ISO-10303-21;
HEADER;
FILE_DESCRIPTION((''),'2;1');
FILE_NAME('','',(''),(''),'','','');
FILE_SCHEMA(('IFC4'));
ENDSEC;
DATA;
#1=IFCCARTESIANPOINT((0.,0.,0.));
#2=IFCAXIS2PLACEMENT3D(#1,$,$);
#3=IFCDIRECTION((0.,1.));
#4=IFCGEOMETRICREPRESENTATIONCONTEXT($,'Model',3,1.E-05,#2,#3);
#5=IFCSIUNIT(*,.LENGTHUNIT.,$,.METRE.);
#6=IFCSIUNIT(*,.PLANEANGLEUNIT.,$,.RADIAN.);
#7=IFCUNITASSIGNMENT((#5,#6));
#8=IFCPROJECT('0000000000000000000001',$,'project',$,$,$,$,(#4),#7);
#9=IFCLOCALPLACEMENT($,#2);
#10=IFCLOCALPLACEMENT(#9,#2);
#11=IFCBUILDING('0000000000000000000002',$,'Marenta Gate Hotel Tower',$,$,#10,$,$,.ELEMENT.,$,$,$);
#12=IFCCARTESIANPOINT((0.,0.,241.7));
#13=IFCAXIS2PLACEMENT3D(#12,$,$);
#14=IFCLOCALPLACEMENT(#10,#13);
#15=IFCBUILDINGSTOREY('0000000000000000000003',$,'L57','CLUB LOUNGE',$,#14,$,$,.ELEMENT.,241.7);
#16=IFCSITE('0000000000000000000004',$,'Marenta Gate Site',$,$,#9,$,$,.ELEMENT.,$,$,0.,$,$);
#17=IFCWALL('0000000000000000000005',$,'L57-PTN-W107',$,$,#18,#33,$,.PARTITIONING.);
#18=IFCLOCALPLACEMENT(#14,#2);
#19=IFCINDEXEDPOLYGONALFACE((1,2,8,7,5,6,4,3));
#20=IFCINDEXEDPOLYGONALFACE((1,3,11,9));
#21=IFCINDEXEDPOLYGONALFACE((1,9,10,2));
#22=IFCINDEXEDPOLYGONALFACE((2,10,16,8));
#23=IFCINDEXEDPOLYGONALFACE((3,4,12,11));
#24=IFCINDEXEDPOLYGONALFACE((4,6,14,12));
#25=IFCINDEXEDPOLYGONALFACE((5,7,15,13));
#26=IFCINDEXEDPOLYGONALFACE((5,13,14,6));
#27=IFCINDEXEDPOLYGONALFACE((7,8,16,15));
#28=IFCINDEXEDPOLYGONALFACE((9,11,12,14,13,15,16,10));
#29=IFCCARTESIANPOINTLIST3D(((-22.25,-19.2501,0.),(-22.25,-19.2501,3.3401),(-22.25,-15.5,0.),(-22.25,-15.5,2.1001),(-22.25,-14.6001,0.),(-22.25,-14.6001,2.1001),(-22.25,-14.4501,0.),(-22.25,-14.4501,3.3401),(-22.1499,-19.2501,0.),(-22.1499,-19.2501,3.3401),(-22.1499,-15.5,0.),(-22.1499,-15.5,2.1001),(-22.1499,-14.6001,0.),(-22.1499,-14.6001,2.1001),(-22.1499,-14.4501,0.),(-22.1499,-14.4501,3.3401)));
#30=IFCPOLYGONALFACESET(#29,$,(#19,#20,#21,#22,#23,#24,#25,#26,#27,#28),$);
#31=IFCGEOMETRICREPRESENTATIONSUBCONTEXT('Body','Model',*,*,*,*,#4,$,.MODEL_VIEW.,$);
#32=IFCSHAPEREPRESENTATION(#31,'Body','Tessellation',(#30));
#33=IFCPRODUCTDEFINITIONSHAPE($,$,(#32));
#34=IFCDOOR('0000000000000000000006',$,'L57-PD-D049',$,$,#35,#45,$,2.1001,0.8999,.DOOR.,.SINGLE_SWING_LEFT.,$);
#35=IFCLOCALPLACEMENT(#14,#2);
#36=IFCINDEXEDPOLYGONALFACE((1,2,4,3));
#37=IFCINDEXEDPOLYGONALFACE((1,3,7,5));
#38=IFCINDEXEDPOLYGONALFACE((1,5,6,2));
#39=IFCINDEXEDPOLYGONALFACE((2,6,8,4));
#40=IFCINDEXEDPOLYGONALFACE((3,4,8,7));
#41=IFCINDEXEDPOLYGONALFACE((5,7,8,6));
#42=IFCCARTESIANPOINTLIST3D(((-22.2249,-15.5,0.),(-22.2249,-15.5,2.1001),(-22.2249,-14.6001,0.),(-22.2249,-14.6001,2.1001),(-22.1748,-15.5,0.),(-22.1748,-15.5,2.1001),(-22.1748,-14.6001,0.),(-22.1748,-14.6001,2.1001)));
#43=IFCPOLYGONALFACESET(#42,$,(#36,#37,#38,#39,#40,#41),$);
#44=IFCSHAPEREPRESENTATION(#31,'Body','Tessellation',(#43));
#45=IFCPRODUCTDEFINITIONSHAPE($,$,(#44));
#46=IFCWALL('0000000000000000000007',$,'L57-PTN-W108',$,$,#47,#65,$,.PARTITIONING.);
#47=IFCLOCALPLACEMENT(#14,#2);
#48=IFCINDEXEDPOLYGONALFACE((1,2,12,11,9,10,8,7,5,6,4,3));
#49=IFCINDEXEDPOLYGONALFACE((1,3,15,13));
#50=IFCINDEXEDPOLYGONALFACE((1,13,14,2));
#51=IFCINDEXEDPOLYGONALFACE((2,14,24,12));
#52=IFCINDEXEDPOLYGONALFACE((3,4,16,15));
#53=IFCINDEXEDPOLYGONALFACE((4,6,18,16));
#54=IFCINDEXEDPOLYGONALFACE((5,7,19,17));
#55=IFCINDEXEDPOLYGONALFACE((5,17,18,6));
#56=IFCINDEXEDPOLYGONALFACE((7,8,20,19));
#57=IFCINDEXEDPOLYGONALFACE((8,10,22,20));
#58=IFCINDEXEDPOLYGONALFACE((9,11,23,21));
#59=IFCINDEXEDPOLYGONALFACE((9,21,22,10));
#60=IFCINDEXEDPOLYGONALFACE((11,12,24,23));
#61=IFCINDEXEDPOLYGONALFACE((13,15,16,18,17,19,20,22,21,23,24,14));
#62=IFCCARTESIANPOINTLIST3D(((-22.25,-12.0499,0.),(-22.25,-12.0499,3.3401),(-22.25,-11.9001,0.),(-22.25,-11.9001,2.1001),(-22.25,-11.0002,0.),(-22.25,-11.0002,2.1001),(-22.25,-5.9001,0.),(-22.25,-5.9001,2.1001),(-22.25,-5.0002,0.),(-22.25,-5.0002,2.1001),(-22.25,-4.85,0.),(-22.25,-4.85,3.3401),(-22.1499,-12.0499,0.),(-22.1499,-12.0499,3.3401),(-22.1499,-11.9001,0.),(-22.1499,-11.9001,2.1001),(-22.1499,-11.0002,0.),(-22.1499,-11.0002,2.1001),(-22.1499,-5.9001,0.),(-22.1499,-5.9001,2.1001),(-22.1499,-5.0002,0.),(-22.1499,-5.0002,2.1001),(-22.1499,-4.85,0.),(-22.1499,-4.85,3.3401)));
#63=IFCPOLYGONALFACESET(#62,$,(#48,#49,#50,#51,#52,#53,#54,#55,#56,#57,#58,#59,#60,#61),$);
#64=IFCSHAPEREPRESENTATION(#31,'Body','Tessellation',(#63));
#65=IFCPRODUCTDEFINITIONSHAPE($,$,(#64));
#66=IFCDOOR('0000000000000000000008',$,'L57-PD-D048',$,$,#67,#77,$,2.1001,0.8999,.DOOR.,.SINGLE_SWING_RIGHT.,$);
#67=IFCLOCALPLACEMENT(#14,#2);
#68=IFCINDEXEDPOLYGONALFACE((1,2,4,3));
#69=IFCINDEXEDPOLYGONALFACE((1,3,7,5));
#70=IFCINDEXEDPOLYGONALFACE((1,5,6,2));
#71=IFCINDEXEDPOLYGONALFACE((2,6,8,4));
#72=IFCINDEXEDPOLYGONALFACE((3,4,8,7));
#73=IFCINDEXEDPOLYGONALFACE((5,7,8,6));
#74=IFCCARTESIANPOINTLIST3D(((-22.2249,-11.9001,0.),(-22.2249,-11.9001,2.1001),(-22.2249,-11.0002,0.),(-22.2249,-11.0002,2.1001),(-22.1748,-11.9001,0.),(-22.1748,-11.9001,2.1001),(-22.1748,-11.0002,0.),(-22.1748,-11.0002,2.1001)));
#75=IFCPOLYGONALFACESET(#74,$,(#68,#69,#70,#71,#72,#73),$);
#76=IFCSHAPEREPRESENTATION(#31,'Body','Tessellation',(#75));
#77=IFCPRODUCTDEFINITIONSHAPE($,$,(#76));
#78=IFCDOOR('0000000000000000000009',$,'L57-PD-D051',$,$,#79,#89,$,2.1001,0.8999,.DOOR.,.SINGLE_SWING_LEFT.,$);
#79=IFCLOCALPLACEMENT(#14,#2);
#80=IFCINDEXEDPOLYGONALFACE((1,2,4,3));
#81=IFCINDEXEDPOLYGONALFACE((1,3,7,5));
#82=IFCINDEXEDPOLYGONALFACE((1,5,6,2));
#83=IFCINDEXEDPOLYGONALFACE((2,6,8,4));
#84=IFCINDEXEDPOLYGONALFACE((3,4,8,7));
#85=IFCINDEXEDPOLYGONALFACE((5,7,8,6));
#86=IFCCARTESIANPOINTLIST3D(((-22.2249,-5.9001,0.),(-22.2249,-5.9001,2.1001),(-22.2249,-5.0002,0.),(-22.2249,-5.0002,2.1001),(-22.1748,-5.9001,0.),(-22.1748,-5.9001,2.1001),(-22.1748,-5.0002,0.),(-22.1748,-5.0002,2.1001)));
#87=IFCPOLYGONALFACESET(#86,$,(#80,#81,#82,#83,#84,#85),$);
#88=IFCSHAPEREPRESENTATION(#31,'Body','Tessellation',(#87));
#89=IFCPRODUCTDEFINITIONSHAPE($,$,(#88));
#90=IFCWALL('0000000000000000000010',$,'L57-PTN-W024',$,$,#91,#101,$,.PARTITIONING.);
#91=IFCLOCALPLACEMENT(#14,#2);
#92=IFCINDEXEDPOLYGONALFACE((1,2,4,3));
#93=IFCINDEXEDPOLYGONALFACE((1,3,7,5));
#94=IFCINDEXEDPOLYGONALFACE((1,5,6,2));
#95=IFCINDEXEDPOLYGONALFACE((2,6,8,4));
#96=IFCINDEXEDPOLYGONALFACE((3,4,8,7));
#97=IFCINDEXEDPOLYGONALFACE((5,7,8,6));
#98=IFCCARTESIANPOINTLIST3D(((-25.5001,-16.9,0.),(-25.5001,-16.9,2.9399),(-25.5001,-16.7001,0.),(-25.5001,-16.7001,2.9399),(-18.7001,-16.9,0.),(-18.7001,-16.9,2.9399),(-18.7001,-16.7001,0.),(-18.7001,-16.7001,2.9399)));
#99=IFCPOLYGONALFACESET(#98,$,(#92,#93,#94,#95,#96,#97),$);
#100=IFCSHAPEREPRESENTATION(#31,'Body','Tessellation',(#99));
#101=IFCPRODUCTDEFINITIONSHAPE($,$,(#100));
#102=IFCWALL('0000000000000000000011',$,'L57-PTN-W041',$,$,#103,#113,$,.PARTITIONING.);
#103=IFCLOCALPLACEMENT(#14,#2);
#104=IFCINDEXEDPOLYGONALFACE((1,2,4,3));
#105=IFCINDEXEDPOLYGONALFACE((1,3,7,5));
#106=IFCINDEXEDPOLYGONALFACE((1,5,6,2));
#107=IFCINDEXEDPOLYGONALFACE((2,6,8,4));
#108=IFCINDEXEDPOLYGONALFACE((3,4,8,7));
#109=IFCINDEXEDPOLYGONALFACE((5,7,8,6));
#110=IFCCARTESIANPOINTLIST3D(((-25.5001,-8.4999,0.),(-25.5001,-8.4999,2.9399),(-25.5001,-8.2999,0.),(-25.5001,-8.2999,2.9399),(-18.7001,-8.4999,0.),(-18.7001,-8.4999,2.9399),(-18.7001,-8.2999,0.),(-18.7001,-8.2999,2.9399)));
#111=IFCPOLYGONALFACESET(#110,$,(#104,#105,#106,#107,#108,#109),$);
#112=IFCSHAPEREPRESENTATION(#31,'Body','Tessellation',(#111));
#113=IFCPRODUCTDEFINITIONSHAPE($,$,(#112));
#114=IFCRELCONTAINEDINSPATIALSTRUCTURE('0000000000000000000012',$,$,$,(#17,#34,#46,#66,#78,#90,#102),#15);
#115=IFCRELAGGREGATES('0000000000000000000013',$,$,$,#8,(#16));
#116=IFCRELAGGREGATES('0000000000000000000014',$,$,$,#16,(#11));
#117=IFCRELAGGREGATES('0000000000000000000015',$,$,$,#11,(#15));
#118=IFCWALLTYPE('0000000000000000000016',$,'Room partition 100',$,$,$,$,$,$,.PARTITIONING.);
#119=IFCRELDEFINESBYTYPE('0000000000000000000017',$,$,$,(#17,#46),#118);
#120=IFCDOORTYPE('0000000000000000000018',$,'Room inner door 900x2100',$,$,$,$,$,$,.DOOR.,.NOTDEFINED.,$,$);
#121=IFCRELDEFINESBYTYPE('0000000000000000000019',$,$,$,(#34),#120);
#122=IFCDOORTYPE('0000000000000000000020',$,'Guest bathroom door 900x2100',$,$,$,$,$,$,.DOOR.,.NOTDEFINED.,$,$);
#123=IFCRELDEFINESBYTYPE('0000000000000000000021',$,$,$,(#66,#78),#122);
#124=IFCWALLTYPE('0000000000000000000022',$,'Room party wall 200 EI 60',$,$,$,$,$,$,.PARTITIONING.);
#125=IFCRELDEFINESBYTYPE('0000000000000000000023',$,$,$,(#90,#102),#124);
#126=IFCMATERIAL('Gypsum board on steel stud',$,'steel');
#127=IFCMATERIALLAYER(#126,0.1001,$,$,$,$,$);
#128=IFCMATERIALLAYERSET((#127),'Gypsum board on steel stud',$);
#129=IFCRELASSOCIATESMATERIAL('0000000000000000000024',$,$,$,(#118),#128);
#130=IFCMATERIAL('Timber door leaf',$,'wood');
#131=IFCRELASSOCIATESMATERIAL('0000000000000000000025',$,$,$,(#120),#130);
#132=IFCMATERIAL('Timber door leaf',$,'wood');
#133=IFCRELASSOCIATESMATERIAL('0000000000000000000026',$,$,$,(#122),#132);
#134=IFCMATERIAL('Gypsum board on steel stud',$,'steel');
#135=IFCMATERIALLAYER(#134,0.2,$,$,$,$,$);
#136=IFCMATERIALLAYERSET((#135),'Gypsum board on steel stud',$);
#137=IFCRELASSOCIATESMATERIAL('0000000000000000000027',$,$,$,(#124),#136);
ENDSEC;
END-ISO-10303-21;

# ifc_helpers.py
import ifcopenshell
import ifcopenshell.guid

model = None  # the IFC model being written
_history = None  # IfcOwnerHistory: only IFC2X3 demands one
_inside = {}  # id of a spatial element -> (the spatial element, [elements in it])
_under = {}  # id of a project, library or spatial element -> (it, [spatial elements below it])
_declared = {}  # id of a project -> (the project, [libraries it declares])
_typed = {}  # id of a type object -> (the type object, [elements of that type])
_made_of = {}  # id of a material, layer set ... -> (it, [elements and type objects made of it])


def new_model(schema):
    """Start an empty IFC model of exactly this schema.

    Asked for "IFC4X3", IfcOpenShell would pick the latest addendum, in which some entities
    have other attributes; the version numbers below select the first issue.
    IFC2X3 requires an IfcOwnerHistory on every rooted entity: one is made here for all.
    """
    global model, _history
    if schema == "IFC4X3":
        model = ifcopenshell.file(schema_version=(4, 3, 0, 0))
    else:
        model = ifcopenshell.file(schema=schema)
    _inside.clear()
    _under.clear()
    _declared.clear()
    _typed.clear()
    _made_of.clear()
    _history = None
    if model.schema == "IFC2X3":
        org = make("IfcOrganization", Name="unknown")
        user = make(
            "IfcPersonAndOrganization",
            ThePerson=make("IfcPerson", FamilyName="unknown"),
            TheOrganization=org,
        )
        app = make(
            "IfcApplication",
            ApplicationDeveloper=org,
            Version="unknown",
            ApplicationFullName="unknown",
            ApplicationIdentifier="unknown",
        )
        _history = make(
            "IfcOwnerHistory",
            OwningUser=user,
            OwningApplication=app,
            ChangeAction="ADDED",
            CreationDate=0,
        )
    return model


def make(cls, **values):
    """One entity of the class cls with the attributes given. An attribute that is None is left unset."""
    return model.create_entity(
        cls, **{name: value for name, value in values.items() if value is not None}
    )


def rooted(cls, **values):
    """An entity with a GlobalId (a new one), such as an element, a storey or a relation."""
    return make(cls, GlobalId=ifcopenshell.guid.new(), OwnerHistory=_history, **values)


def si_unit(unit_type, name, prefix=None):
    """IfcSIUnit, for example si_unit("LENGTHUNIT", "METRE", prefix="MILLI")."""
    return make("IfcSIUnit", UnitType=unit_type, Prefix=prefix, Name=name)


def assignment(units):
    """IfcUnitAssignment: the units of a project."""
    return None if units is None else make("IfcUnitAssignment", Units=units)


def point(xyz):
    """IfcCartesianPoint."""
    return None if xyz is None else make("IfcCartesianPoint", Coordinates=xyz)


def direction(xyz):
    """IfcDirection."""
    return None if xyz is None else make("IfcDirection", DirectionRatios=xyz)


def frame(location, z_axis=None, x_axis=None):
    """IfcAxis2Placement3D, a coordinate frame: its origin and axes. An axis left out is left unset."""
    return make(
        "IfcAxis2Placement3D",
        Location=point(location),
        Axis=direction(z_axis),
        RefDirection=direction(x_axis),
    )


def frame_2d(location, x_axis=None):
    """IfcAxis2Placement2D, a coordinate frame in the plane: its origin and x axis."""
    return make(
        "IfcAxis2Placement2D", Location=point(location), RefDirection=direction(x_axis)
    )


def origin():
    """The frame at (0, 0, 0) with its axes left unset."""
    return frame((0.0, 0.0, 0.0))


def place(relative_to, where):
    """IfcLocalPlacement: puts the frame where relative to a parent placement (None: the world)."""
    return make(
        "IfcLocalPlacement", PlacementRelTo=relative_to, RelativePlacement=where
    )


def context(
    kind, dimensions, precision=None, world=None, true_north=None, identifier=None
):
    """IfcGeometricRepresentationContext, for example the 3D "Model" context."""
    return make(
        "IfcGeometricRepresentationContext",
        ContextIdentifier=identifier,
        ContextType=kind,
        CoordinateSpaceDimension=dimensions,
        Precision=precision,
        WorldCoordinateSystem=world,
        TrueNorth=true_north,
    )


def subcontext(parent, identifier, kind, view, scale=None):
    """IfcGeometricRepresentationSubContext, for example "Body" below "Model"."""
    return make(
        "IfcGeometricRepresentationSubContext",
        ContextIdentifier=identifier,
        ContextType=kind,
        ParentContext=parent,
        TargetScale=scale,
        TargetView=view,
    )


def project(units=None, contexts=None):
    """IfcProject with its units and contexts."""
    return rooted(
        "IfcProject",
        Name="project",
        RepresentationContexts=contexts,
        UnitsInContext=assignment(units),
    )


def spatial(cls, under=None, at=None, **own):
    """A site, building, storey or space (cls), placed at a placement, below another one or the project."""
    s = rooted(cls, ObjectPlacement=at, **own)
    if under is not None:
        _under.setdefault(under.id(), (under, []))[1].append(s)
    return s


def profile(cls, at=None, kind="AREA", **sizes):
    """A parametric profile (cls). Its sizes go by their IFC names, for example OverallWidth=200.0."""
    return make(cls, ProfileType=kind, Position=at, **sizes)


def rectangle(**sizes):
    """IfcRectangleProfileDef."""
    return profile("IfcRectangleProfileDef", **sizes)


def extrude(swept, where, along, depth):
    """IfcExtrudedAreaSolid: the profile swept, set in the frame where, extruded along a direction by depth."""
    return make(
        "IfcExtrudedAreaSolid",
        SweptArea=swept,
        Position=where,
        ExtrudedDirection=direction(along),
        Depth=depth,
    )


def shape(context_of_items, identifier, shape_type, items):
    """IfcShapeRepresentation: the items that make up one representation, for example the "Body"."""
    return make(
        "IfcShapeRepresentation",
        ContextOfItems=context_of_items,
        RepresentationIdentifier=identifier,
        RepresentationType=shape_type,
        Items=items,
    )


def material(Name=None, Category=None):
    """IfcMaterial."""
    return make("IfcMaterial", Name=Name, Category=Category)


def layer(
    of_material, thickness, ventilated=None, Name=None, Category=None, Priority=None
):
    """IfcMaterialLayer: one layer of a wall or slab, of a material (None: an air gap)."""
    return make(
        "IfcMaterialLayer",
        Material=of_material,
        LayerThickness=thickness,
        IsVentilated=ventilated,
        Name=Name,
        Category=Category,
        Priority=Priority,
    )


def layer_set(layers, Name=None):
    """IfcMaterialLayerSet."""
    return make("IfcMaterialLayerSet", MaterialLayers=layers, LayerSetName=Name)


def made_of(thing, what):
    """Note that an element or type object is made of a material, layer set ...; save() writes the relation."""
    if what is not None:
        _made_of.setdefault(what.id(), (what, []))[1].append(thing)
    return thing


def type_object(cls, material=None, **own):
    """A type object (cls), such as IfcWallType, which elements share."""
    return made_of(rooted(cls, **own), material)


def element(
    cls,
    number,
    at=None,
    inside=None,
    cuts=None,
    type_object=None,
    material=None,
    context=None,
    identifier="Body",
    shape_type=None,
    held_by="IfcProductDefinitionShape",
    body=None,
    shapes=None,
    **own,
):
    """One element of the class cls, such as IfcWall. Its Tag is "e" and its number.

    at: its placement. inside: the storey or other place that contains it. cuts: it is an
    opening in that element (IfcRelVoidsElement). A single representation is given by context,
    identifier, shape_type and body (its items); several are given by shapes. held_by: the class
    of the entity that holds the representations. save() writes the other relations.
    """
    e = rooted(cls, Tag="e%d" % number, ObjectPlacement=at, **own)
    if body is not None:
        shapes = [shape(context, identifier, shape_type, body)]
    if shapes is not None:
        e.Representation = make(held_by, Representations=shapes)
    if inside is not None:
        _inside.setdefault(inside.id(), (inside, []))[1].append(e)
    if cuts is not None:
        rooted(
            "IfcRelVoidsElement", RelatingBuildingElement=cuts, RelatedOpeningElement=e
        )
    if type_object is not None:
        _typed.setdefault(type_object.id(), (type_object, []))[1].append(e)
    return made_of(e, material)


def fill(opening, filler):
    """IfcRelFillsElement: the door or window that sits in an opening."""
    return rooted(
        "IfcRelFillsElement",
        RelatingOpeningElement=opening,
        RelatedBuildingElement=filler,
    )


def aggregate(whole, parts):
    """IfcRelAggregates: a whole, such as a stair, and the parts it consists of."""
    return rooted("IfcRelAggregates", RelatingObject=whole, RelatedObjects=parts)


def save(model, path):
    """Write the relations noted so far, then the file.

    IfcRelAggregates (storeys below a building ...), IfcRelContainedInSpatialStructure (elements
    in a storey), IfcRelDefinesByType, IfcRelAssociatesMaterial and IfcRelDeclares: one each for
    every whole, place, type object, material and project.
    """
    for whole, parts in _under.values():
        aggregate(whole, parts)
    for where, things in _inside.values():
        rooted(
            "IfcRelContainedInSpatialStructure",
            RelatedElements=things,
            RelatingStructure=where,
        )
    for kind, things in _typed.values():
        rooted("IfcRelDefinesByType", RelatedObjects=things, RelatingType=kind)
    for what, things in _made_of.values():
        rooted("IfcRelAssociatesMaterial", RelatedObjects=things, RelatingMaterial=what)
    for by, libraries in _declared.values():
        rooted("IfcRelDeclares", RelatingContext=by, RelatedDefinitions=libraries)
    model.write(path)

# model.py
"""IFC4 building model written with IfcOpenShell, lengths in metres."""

from ifc_helpers import new_model, si_unit, direction, frame, frame_2d, origin, place, context, subcontext, project, spatial, rectangle, extrude, material, layer, layer_set, type_object, element, fill, save


model = new_model("IFC4")

# Units and contexts
model_context = context("Model", 3, precision=1e-05, world=origin(), true_north=direction((0.0, 1.0)))
body_context = subcontext(model_context, "Body", "Model", "MODEL_VIEW")
ifc_project = project(units=[si_unit("LENGTHUNIT", "METRE"), si_unit("PLANEANGLEUNIT", "RADIAN")], contexts=[model_context])

# Site, building, storey
site_placement = place(None, origin())
site = spatial("IfcSite", under=ifc_project, at=site_placement, Name="Marenta Gate Site", CompositionType="ELEMENT", RefElevation=0.0)
building_placement = place(site_placement, origin())
building = spatial("IfcBuilding", under=site, at=building_placement, Name="Marenta Gate Hotel Tower", CompositionType="ELEMENT")
storey_placement = place(building_placement, frame((0.0, 0.0, 241.7)))
storey = spatial("IfcBuildingStorey", under=building, at=storey_placement, Name="L57", Description="CLUB LOUNGE", CompositionType="ELEMENT", Elevation=241.7)

# Shared definitions
ifc_material_1 = material(Name="Gypsum board on steel stud", Category="steel")
ifc_layer_1 = layer(ifc_material_1, 0.1001)
ifc_layer_set_1 = layer_set([ifc_layer_1], Name="Gypsum board on steel stud")
wall_type_1 = type_object("IfcWallType", Name="Room partition 100", PredefinedType="PARTITIONING", material=ifc_layer_set_1)
ifc_material_2 = material(Name="Timber door leaf", Category="wood")
door_type_1 = type_object("IfcDoorType", Name="Room inner door 900x2100", OperationType="NOTDEFINED", PredefinedType="DOOR", material=ifc_material_2)

# Wall, opening, door
wall_1_placement = place(storey_placement, frame((-22.2, -19.25, 0.0), z_axis=(0.0, 0.0, 1.0), x_axis=(0.0, 1.0, 0.0)))
wall_1 = element("IfcWall", 1, at=wall_1_placement, inside=storey, type_object=wall_type_1, Name="L57-PTN-W107", PredefinedType="PARTITIONING", context=body_context, shape_type="SweptSolid", body=[
    extrude(rectangle(XDim=4.8, YDim=0.1001, at=frame_2d((2.3999, 0.0))), origin(), (0.0, 0.0, 1.0), 3.3401),
])
opening_1_placement = place(wall_1_placement, frame((3.75, 0.0, 0.0)))
opening_1 = element("IfcOpeningElement", 2, at=opening_1_placement, cuts=wall_1, PredefinedType="OPENING", context=body_context, shape_type="SweptSolid", body=[
    extrude(rectangle(XDim=0.8999, YDim=2.1001, at=frame_2d((0.45, 1.05))), frame((0.0, 0.05, 0.0), z_axis=(0.0, -1.0, 0.0), x_axis=(1.0, 0.0, 0.0)), (0.0, 0.0, 1.0), 0.1001),
])
door_1_placement = place(opening_1_placement, origin())
door_1 = element("IfcDoor", 3, at=door_1_placement, inside=storey, type_object=door_type_1, Name="L57-PD-D049", OperationType="SINGLE_SWING_LEFT", OverallHeight=2.1001, OverallWidth=0.8999, PredefinedType="DOOR", context=body_context, shape_type="SweptSolid", body=[
    extrude(rectangle(XDim=0.8999, YDim=2.1001, at=frame_2d((0.45, 1.05))), frame((0.0, 0.0249, 0.0), z_axis=(0.0, -1.0, 0.0), x_axis=(1.0, 0.0, 0.0)), (0.0, 0.0, 1.0), 0.05),
])
fill(opening_1, door_1)

# Wall, openings, doors
wall_2_placement = place(storey_placement, frame((-22.2, -12.05, 0.0), z_axis=(0.0, 0.0, 1.0), x_axis=(0.0, 1.0, 0.0)))
wall_2 = element("IfcWall", 4, at=wall_2_placement, inside=storey, type_object=wall_type_1, Name="L57-PTN-W108", PredefinedType="PARTITIONING", context=body_context, shape_type="SweptSolid", body=[
    extrude(rectangle(XDim=7.2, YDim=0.1001, at=frame_2d((3.6001, 0.0))), origin(), (0.0, 0.0, 1.0), 3.3401),
])
opening_2_placement = place(wall_2_placement, frame((0.1499, 0.0, 0.0)))
opening_2 = element("IfcOpeningElement", 5, at=opening_2_placement, cuts=wall_2, PredefinedType="OPENING", context=body_context, shape_type="SweptSolid", body=[
    extrude(rectangle(XDim=0.8999, YDim=2.1001, at=frame_2d((0.45, 1.05))), frame((0.0, 0.05, 0.0), z_axis=(0.0, -1.0, 0.0), x_axis=(1.0, 0.0, 0.0)), (0.0, 0.0, 1.0), 0.1001),
])
opening_3_placement = place(wall_2_placement, frame((6.1499, 0.0, 0.0)))
opening_3 = element("IfcOpeningElement", 6, at=opening_3_placement, cuts=wall_2, PredefinedType="OPENING", context=body_context, shape_type="SweptSolid", body=[
    extrude(rectangle(XDim=0.8999, YDim=2.1001, at=frame_2d((0.45, 1.05))), frame((0.0, 0.05, 0.0), z_axis=(0.0, -1.0, 0.0), x_axis=(1.0, 0.0, 0.0)), (0.0, 0.0, 1.0), 0.1001),
])
ifc_material_3 = material(Name="Timber door leaf", Category="wood")
door_type_2 = type_object("IfcDoorType", Name="Guest bathroom door 900x2100", OperationType="NOTDEFINED", PredefinedType="DOOR", material=ifc_material_3)
door_2_placement = place(opening_2_placement, origin())
door_2 = element("IfcDoor", 7, at=door_2_placement, inside=storey, type_object=door_type_2, Name="L57-PD-D048", OperationType="SINGLE_SWING_RIGHT", OverallHeight=2.1001, OverallWidth=0.8999, PredefinedType="DOOR", context=body_context, shape_type="SweptSolid", body=[
    extrude(rectangle(XDim=0.8999, YDim=2.1001, at=frame_2d((0.45, 1.05))), frame((0.0, 0.0249, 0.0), z_axis=(0.0, -1.0, 0.0), x_axis=(1.0, 0.0, 0.0)), (0.0, 0.0, 1.0), 0.05),
])
fill(opening_2, door_2)
door_3_placement = place(opening_3_placement, origin())
door_3 = element("IfcDoor", 8, at=door_3_placement, inside=storey, type_object=door_type_2, Name="L57-PD-D051", OperationType="SINGLE_SWING_LEFT", OverallHeight=2.1001, OverallWidth=0.8999, PredefinedType="DOOR", context=body_context, shape_type="SweptSolid", body=[
    extrude(rectangle(XDim=0.8999, YDim=2.1001, at=frame_2d((0.45, 1.05))), frame((0.0, 0.0249, 0.0), z_axis=(0.0, -1.0, 0.0), x_axis=(1.0, 0.0, 0.0)), (0.0, 0.0, 1.0), 0.05),
])
fill(opening_3, door_3)

# Walls
ifc_material_4 = material(Name="Gypsum board on steel stud", Category="steel")
ifc_layer_2 = layer(ifc_material_4, 0.2)
ifc_layer_set_2 = layer_set([ifc_layer_2], Name="Gypsum board on steel stud")
wall_type_2 = type_object("IfcWallType", Name="Room party wall 200 EI 60", PredefinedType="PARTITIONING", material=ifc_layer_set_2)
for number, where, z_axis, x_axis, name in (
    (9, (-25.5, -16.8, 0.0), (0.0, 0.0, 1.0), (1.0, 0.0, 0.0), "L57-PTN-W024"),
    (10, (-25.5, -8.3999, 0.0), (0.0, 0.0, 1.0), (1.0, 0.0, 0.0), "L57-PTN-W041"),
):
    element("IfcWall", number, at=place(storey_placement, frame(where, z_axis=z_axis, x_axis=x_axis)), inside=storey, type_object=wall_type_2, Name=name, PredefinedType="PARTITIONING", context=body_context, shape_type="SweptSolid", body=[
        extrude(rectangle(XDim=6.8, YDim=0.2, at=frame_2d((3.3999, 0.0))), origin(), (0.0, 0.0, 1.0), 2.9399),
    ])

save(model, "model.ifc")
